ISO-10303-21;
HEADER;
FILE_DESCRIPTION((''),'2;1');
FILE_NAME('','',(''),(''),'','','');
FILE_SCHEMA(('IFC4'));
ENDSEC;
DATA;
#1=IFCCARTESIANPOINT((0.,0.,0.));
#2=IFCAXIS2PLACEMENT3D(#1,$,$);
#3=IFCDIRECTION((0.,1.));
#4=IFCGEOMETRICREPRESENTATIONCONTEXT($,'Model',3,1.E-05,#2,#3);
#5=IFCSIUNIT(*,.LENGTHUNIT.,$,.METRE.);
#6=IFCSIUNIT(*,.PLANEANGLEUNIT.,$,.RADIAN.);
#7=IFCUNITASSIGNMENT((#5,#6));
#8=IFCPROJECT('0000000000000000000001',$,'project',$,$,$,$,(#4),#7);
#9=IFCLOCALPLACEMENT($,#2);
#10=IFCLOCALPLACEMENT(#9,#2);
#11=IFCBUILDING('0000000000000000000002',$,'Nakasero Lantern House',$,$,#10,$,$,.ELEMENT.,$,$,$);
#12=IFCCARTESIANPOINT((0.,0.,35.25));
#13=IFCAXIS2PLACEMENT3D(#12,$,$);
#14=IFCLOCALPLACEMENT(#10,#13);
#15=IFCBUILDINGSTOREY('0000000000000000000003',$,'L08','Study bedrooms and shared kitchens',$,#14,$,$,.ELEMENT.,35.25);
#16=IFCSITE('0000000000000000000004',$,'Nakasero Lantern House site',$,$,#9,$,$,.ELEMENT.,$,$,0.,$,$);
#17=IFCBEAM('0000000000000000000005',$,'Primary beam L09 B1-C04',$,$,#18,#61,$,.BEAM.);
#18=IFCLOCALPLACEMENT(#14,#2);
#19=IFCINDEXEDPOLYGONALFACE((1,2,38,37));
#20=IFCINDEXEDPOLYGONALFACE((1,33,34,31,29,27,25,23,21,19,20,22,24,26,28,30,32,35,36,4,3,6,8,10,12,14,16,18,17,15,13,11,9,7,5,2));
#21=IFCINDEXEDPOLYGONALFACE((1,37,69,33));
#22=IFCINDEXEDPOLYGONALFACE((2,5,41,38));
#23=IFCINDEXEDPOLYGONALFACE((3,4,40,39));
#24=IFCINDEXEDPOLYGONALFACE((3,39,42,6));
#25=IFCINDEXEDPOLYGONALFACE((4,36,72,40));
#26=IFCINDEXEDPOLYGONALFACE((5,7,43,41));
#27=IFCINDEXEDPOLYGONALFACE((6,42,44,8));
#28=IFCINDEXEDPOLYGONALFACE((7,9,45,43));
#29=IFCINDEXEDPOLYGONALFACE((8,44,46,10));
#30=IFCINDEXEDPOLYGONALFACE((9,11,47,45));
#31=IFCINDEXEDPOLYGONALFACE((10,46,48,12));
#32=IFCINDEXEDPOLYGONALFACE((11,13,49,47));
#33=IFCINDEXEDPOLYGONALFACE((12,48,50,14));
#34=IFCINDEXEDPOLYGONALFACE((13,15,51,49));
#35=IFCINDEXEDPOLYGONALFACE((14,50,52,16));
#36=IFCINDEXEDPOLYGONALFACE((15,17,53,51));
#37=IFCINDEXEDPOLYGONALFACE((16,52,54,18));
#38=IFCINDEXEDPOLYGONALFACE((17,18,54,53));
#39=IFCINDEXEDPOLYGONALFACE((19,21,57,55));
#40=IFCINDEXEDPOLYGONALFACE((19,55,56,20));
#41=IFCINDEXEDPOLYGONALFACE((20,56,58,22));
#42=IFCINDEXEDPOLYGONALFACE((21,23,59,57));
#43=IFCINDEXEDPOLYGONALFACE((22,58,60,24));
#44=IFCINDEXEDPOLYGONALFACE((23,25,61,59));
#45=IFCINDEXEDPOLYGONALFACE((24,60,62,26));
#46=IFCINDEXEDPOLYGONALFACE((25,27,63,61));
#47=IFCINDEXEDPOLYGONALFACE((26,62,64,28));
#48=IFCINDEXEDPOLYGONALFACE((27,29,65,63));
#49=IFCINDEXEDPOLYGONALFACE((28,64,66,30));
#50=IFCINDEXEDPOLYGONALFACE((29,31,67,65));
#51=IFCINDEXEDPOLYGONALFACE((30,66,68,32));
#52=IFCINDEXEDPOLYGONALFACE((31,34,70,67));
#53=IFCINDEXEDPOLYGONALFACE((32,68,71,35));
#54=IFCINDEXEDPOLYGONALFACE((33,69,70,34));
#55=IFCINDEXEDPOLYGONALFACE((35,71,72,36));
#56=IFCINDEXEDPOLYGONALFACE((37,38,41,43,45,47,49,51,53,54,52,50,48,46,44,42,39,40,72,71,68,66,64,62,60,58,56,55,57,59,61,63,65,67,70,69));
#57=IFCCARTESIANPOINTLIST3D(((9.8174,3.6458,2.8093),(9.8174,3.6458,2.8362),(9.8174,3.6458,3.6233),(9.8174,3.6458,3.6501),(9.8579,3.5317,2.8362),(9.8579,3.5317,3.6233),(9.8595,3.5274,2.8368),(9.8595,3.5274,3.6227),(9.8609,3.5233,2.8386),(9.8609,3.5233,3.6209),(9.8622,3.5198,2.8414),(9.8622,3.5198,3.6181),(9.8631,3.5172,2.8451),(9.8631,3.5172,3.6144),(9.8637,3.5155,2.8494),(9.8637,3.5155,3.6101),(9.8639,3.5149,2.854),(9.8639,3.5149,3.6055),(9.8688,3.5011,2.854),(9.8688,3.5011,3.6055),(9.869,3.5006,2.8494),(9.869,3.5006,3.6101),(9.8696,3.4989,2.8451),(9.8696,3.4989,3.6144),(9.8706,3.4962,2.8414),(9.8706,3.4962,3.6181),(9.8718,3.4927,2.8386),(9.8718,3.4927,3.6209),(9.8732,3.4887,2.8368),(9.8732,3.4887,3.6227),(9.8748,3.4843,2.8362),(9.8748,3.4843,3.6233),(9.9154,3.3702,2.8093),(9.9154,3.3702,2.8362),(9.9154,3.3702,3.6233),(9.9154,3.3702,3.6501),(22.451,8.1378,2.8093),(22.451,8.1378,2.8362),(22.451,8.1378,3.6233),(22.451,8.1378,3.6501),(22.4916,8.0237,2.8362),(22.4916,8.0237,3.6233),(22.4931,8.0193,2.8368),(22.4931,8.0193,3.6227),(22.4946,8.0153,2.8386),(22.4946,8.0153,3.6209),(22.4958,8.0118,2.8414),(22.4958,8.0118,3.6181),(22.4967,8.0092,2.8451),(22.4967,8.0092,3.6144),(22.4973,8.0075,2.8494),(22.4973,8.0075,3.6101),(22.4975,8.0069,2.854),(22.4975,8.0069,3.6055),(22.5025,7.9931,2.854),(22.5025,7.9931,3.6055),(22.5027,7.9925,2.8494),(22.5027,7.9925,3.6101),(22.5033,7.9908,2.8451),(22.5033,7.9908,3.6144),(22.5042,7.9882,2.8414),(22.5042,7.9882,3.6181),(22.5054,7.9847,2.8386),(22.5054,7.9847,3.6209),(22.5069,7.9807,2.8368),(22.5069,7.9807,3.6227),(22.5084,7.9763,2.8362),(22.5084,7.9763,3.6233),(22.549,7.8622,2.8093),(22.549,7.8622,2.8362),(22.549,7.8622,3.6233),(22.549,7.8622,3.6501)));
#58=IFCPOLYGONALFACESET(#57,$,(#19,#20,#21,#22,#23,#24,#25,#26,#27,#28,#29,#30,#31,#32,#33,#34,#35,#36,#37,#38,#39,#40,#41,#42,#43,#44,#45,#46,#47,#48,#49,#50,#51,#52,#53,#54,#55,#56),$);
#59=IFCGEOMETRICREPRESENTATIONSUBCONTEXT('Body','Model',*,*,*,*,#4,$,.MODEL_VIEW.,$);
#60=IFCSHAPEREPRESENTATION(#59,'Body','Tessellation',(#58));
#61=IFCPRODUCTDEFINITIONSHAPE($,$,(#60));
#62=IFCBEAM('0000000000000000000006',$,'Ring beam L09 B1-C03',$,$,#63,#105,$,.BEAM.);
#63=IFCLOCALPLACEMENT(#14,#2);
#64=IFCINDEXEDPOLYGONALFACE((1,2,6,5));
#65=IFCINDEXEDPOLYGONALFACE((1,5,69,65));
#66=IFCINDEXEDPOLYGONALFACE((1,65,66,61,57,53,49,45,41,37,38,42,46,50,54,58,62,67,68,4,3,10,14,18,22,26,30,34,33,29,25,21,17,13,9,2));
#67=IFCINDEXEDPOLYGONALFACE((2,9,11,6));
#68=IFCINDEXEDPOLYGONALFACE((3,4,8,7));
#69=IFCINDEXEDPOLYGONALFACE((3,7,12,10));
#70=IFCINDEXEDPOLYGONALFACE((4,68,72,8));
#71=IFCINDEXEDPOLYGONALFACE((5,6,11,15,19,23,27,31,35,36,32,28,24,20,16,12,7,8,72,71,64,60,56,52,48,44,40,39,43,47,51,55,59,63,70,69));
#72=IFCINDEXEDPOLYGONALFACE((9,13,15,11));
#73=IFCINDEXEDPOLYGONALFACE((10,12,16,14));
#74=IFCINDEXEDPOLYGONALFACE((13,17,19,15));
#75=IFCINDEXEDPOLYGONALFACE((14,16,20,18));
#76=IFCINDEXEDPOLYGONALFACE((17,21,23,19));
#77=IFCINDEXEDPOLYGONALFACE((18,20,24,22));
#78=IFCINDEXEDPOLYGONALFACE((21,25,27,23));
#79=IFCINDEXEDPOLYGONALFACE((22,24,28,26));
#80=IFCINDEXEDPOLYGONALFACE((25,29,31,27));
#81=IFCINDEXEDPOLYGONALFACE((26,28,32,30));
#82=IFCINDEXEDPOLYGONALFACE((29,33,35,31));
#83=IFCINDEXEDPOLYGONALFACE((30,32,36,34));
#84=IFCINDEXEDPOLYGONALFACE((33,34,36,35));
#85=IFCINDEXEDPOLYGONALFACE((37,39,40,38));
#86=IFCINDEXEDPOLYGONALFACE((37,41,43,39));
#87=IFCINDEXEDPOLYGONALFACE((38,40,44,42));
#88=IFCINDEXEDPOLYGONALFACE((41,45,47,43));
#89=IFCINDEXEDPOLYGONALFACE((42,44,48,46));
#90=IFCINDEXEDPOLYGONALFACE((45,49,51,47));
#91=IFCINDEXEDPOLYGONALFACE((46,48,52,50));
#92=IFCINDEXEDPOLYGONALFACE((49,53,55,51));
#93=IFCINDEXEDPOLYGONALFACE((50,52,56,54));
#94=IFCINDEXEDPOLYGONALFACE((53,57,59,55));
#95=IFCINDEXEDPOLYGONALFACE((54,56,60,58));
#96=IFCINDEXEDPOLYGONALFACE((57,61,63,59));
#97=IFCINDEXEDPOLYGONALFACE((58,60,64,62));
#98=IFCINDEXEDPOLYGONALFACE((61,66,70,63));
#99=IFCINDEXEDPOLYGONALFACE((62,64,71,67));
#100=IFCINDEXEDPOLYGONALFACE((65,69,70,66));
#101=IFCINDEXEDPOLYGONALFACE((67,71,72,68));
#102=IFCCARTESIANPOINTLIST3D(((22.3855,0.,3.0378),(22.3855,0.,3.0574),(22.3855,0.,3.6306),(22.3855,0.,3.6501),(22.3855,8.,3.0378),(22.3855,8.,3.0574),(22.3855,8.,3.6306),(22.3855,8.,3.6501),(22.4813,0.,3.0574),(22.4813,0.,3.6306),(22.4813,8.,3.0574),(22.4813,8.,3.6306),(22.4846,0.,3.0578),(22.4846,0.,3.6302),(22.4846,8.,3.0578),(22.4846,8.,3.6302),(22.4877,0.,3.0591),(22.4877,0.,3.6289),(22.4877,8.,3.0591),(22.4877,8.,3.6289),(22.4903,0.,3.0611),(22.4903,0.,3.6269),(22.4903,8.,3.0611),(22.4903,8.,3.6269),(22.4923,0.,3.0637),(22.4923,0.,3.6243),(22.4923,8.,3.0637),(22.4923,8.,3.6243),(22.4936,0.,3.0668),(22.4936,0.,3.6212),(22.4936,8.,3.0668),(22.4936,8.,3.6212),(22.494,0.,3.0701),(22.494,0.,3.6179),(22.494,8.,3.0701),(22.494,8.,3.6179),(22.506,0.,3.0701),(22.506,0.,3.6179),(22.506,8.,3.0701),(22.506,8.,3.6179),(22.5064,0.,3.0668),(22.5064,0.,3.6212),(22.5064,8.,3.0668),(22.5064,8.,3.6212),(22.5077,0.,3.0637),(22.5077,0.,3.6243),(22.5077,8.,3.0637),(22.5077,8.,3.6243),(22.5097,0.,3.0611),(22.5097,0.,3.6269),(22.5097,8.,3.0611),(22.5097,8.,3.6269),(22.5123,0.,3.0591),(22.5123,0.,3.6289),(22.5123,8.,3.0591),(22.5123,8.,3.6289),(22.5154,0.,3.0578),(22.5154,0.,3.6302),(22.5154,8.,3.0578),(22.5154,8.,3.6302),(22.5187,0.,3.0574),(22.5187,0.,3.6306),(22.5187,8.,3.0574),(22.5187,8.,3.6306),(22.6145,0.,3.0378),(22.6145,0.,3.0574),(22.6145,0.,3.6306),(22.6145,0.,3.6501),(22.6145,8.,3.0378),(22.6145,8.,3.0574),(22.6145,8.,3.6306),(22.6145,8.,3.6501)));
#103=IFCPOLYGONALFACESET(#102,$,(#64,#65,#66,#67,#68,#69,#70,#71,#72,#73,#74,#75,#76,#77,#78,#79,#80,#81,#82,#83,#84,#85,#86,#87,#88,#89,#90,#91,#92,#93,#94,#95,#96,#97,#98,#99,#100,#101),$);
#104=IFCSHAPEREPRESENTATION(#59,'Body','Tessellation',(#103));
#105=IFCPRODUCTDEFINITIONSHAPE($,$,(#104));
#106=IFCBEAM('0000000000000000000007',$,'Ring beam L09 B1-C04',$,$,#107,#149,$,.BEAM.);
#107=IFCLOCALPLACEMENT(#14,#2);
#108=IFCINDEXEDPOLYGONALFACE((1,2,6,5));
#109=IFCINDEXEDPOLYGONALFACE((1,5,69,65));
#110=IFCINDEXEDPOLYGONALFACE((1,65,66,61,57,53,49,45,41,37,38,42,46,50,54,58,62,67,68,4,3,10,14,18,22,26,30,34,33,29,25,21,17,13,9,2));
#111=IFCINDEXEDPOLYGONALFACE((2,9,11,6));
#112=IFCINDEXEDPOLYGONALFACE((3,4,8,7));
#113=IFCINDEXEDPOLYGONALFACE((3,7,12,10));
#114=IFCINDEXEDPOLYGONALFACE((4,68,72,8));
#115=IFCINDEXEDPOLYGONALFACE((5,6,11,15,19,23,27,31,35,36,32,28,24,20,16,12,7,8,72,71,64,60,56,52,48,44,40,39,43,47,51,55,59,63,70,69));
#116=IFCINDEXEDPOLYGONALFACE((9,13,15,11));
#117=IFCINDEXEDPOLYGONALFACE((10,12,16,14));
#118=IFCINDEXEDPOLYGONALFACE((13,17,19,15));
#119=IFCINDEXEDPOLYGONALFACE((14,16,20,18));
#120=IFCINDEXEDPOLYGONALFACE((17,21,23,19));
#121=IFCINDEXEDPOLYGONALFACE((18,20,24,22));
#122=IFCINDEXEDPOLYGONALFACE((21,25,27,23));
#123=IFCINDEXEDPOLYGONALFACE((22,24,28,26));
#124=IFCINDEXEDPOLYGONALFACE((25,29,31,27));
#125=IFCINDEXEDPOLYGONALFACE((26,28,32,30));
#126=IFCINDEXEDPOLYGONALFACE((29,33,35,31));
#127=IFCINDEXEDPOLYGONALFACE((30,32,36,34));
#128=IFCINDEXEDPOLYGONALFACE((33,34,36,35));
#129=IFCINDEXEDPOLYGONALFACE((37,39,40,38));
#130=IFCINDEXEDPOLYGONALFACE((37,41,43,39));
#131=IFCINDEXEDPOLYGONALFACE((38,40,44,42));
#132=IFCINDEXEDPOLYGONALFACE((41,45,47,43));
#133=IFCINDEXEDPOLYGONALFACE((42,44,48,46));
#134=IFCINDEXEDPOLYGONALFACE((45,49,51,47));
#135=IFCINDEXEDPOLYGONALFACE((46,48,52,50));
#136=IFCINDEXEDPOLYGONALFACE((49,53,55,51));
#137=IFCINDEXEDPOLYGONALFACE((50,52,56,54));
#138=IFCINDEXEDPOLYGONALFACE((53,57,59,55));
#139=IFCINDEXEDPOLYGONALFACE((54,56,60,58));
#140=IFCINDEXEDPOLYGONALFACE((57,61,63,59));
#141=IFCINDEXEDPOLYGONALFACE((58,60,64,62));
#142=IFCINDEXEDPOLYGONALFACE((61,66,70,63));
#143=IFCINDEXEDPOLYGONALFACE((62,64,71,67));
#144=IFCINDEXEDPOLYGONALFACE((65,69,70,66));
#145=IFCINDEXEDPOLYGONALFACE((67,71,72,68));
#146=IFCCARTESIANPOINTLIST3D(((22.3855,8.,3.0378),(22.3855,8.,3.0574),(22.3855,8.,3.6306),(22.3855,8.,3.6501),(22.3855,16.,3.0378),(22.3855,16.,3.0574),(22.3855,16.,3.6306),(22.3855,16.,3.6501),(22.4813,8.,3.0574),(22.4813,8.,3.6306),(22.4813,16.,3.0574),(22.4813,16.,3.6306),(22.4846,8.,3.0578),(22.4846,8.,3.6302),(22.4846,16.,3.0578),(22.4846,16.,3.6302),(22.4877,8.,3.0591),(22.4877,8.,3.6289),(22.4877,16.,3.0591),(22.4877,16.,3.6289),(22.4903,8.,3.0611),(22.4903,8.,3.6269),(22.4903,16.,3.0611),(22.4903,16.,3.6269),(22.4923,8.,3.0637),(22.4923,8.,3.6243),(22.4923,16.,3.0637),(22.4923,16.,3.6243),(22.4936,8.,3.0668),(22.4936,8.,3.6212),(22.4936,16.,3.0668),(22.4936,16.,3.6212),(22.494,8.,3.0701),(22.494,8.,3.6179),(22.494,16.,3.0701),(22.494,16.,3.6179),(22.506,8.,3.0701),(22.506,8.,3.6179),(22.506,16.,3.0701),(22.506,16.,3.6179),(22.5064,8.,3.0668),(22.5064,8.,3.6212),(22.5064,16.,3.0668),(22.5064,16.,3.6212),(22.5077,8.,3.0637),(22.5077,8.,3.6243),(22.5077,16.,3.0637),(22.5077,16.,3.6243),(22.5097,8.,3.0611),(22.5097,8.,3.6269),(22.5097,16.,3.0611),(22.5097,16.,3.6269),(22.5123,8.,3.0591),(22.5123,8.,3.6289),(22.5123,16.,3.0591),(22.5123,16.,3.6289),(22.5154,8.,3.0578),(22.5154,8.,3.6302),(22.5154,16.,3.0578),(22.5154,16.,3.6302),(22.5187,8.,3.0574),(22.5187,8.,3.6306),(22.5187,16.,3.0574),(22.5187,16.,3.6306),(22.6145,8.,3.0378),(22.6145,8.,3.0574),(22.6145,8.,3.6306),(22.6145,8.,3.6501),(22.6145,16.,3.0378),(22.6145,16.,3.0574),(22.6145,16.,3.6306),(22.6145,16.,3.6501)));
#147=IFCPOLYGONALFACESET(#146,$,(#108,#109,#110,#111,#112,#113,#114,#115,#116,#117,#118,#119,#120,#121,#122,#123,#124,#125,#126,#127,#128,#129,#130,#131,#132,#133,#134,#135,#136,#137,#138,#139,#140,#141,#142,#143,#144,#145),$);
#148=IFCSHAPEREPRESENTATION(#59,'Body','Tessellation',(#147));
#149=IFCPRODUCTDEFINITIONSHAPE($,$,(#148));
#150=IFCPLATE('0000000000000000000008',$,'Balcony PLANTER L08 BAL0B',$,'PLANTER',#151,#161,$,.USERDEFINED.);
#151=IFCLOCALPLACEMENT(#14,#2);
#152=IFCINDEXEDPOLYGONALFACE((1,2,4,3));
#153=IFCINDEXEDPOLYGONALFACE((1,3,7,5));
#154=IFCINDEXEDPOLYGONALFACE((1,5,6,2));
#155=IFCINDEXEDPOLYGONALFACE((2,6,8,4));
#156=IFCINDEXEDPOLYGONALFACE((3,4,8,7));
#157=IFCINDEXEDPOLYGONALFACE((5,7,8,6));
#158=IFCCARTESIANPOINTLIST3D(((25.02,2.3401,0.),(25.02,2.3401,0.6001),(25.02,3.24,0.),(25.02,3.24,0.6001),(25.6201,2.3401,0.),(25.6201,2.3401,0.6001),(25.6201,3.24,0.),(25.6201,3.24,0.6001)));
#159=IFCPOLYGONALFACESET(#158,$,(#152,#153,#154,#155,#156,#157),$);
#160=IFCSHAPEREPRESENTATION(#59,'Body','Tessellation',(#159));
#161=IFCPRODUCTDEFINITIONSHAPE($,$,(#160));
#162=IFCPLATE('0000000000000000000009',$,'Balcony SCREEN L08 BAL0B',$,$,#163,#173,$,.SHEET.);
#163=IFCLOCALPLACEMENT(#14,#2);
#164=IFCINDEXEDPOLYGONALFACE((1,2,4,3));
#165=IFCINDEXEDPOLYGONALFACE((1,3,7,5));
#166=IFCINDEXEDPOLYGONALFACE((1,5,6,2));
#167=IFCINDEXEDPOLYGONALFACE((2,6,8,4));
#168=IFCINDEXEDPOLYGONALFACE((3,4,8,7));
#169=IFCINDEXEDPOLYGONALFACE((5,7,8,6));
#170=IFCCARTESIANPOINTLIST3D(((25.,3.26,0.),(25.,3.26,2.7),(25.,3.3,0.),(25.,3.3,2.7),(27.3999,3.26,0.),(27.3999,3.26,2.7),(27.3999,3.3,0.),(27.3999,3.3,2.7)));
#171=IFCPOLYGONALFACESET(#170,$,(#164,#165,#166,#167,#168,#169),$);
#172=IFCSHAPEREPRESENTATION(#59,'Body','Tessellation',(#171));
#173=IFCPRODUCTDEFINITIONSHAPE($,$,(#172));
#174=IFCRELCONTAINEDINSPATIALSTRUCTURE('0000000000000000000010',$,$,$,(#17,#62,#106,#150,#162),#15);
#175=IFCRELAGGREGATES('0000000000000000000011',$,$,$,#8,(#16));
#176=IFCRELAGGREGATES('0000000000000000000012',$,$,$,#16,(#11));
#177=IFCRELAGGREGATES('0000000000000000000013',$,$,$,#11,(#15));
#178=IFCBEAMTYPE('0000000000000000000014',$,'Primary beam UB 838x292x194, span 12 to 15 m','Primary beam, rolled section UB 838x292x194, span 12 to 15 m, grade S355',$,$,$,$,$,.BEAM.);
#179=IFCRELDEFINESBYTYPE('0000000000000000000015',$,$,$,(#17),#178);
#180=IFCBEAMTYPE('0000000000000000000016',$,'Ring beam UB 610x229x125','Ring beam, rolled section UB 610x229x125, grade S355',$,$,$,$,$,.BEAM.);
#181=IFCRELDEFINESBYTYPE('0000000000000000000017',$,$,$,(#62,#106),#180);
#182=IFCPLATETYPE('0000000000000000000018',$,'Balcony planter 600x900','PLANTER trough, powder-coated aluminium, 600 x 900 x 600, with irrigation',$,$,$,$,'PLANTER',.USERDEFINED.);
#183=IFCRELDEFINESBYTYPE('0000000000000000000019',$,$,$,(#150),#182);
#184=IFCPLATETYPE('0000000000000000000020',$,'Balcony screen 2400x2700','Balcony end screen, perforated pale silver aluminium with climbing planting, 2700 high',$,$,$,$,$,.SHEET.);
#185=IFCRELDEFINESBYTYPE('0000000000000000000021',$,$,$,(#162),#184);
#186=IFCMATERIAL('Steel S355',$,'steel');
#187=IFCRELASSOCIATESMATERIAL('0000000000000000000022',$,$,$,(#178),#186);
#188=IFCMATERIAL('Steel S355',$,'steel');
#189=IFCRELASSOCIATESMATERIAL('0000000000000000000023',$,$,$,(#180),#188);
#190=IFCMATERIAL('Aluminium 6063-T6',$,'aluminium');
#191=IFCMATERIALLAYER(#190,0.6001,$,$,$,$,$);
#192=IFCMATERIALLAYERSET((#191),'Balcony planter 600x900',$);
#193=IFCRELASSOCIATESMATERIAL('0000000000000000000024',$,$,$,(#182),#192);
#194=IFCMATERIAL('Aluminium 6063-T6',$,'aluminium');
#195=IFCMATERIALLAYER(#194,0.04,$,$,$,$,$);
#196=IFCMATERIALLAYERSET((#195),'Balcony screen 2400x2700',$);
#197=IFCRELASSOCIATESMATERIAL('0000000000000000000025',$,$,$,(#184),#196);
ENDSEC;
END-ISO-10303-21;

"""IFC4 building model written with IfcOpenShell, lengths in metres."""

from ifc_helpers import new_model, si_unit, direction, frame, origin, origin_2d, place, context, subcontext, project, spatial, rectangle, i_section, extrude, material, layer, layer_set, material_profile, profile_set, type_object, element, save


model = new_model("IFC4")

# Units and contexts
model_context = context("Model", 3, precision=1e-05, world=origin(), true_north=direction((0.0, 1.0)))
body_context = subcontext(model_context, "Body", "Model", "MODEL_VIEW")
ifc_project = project(units=[si_unit("LENGTHUNIT", "METRE"), si_unit("PLANEANGLEUNIT", "RADIAN")], contexts=[model_context])

# Site, building, storey
site_placement = place(None, origin())
site = spatial("IfcSite", under=ifc_project, at=site_placement, Name="Nakasero Lantern House site", CompositionType="ELEMENT", RefElevation=0.0)
building_placement = place(site_placement, origin())
building = spatial("IfcBuilding", under=site, at=building_placement, Name="Nakasero Lantern House", CompositionType="ELEMENT")
storey_placement = place(building_placement, frame((0.0, 0.0, 35.25)))
storey = spatial("IfcBuildingStorey", under=building, at=storey_placement, Name="L08", Description="Study bedrooms and shared kitchens", CompositionType="ELEMENT", Elevation=35.25)

# Beams
ifc_material_1 = material(Name="Steel S355", Category="steel")
ifc_material_profile_1 = material_profile(ifc_material_1, i_section(OverallWidth=0.2925, OverallDepth=0.8408, WebThickness=0.0146, FlangeThickness=0.0269, FilletRadius=0.0178, at=origin_2d()), Name="UB 838x292x194")
ifc_profile_set_1 = profile_set([ifc_material_profile_1], Name="Steel S355")
beam_type_1 = type_object("IfcBeamType", Name="Primary beam UB 838x292x194, span 12 to 15 m", Description="Primary beam, rolled section UB 838x292x194, span 12 to 15 m, grade S355", PredefinedType="BEAM", material=ifc_profile_set_1)
beam_1_placement = place(storey_placement, frame((22.5, 8.0, 3.2297), z_axis=(-0.942214, -0.335011, 0.0), x_axis=(0.335011, -0.942214, 0.0)))
element("IfcBeam", 1, at=beam_1_placement, inside=storey, type_object=beam_type_1, Name="Primary beam L09 B1-C04", PredefinedType="BEAM", context=body_context, shape_type="SweptSolid", body=[
    extrude(i_section(OverallWidth=0.2925, OverallDepth=0.8408, WebThickness=0.0146, FlangeThickness=0.0269, FilletRadius=0.0178, at=origin_2d()), origin(), (0.0, 0.0, 1.0), 13.4084),
])
ifc_material_2 = material(Name="Steel S355", Category="steel")
ifc_material_profile_2 = material_profile(ifc_material_2, i_section(OverallWidth=0.229, OverallDepth=0.6123, WebThickness=0.012, FlangeThickness=0.0195, FilletRadius=0.0127, at=origin_2d()), Name="UB 610x229x125")
ifc_profile_set_2 = profile_set([ifc_material_profile_2], Name="Steel S355")
beam_type_2 = type_object("IfcBeamType", Name="Ring beam UB 610x229x125", Description="Ring beam, rolled section UB 610x229x125, grade S355", PredefinedType="BEAM", material=ifc_profile_set_2)
for number, where, z_axis, x_axis, name in (
    (2, (22.5, 0.0, 3.344), (0.0, 1.0, 0.0), (-1.0, 0.0, 0.0), "Ring beam L09 B1-C03"),
    (3, (22.5, 8.0, 3.344), (0.0, 1.0, 0.0), (-1.0, 0.0, 0.0), "Ring beam L09 B1-C04"),
):
    element("IfcBeam", number, at=place(storey_placement, frame(where, z_axis=z_axis, x_axis=x_axis)), inside=storey, type_object=beam_type_2, Name=name, PredefinedType="BEAM", context=body_context, shape_type="SweptSolid", body=[
        extrude(i_section(OverallWidth=0.229, OverallDepth=0.6123, WebThickness=0.012, FlangeThickness=0.0195, FilletRadius=0.0127, at=origin_2d()), origin(), (0.0, 0.0, 1.0), 8.0),
    ])

# Plates
ifc_material_3 = material(Name="Aluminium 6063-T6", Category="aluminium")
ifc_layer_1 = layer(ifc_material_3, 0.6001)
ifc_layer_set_1 = layer_set([ifc_layer_1], Name="Balcony planter 600x900")
plate_type_1 = type_object("IfcPlateType", Name="Balcony planter 600x900", Description="PLANTER trough, powder-coated aluminium, 600 x 900 x 600, with irrigation", ElementType="PLANTER", PredefinedType="USERDEFINED", material=ifc_layer_set_1)
plate_1_placement = place(storey_placement, frame((25.3201, 2.79, 0.0), z_axis=(0.0, 0.0, 1.0), x_axis=(1.0, 0.0, 0.0)))
element("IfcPlate", 4, at=plate_1_placement, inside=storey, type_object=plate_type_1, Name="Balcony PLANTER L08 BAL0B", ObjectType="PLANTER", PredefinedType="USERDEFINED", context=body_context, shape_type="SweptSolid", body=[
    extrude(rectangle(XDim=0.6001, YDim=0.8999, at=origin_2d()), origin(), (0.0, 0.0, 1.0), 0.6001),
])
ifc_material_4 = material(Name="Aluminium 6063-T6", Category="aluminium")
ifc_layer_2 = layer(ifc_material_4, 0.04)
ifc_layer_set_2 = layer_set([ifc_layer_2], Name="Balcony screen 2400x2700")
plate_type_2 = type_object("IfcPlateType", Name="Balcony screen 2400x2700", Description="Balcony end screen, perforated pale silver aluminium with climbing planting, 2700 high", PredefinedType="SHEET", material=ifc_layer_set_2)
plate_2_placement = place(storey_placement, frame((26.2, 3.28, 0.0), z_axis=(0.0, 0.0, 1.0), x_axis=(1.0, 0.0, 0.0)))
element("IfcPlate", 5, at=plate_2_placement, inside=storey, type_object=plate_type_2, Name="Balcony SCREEN L08 BAL0B", PredefinedType="SHEET", context=body_context, shape_type="SweptSolid", body=[
    extrude(rectangle(XDim=2.3999, YDim=0.04, at=origin_2d()), origin(), (0.0, 0.0, 1.0), 2.7),
])

save(model, "model.ifc")
